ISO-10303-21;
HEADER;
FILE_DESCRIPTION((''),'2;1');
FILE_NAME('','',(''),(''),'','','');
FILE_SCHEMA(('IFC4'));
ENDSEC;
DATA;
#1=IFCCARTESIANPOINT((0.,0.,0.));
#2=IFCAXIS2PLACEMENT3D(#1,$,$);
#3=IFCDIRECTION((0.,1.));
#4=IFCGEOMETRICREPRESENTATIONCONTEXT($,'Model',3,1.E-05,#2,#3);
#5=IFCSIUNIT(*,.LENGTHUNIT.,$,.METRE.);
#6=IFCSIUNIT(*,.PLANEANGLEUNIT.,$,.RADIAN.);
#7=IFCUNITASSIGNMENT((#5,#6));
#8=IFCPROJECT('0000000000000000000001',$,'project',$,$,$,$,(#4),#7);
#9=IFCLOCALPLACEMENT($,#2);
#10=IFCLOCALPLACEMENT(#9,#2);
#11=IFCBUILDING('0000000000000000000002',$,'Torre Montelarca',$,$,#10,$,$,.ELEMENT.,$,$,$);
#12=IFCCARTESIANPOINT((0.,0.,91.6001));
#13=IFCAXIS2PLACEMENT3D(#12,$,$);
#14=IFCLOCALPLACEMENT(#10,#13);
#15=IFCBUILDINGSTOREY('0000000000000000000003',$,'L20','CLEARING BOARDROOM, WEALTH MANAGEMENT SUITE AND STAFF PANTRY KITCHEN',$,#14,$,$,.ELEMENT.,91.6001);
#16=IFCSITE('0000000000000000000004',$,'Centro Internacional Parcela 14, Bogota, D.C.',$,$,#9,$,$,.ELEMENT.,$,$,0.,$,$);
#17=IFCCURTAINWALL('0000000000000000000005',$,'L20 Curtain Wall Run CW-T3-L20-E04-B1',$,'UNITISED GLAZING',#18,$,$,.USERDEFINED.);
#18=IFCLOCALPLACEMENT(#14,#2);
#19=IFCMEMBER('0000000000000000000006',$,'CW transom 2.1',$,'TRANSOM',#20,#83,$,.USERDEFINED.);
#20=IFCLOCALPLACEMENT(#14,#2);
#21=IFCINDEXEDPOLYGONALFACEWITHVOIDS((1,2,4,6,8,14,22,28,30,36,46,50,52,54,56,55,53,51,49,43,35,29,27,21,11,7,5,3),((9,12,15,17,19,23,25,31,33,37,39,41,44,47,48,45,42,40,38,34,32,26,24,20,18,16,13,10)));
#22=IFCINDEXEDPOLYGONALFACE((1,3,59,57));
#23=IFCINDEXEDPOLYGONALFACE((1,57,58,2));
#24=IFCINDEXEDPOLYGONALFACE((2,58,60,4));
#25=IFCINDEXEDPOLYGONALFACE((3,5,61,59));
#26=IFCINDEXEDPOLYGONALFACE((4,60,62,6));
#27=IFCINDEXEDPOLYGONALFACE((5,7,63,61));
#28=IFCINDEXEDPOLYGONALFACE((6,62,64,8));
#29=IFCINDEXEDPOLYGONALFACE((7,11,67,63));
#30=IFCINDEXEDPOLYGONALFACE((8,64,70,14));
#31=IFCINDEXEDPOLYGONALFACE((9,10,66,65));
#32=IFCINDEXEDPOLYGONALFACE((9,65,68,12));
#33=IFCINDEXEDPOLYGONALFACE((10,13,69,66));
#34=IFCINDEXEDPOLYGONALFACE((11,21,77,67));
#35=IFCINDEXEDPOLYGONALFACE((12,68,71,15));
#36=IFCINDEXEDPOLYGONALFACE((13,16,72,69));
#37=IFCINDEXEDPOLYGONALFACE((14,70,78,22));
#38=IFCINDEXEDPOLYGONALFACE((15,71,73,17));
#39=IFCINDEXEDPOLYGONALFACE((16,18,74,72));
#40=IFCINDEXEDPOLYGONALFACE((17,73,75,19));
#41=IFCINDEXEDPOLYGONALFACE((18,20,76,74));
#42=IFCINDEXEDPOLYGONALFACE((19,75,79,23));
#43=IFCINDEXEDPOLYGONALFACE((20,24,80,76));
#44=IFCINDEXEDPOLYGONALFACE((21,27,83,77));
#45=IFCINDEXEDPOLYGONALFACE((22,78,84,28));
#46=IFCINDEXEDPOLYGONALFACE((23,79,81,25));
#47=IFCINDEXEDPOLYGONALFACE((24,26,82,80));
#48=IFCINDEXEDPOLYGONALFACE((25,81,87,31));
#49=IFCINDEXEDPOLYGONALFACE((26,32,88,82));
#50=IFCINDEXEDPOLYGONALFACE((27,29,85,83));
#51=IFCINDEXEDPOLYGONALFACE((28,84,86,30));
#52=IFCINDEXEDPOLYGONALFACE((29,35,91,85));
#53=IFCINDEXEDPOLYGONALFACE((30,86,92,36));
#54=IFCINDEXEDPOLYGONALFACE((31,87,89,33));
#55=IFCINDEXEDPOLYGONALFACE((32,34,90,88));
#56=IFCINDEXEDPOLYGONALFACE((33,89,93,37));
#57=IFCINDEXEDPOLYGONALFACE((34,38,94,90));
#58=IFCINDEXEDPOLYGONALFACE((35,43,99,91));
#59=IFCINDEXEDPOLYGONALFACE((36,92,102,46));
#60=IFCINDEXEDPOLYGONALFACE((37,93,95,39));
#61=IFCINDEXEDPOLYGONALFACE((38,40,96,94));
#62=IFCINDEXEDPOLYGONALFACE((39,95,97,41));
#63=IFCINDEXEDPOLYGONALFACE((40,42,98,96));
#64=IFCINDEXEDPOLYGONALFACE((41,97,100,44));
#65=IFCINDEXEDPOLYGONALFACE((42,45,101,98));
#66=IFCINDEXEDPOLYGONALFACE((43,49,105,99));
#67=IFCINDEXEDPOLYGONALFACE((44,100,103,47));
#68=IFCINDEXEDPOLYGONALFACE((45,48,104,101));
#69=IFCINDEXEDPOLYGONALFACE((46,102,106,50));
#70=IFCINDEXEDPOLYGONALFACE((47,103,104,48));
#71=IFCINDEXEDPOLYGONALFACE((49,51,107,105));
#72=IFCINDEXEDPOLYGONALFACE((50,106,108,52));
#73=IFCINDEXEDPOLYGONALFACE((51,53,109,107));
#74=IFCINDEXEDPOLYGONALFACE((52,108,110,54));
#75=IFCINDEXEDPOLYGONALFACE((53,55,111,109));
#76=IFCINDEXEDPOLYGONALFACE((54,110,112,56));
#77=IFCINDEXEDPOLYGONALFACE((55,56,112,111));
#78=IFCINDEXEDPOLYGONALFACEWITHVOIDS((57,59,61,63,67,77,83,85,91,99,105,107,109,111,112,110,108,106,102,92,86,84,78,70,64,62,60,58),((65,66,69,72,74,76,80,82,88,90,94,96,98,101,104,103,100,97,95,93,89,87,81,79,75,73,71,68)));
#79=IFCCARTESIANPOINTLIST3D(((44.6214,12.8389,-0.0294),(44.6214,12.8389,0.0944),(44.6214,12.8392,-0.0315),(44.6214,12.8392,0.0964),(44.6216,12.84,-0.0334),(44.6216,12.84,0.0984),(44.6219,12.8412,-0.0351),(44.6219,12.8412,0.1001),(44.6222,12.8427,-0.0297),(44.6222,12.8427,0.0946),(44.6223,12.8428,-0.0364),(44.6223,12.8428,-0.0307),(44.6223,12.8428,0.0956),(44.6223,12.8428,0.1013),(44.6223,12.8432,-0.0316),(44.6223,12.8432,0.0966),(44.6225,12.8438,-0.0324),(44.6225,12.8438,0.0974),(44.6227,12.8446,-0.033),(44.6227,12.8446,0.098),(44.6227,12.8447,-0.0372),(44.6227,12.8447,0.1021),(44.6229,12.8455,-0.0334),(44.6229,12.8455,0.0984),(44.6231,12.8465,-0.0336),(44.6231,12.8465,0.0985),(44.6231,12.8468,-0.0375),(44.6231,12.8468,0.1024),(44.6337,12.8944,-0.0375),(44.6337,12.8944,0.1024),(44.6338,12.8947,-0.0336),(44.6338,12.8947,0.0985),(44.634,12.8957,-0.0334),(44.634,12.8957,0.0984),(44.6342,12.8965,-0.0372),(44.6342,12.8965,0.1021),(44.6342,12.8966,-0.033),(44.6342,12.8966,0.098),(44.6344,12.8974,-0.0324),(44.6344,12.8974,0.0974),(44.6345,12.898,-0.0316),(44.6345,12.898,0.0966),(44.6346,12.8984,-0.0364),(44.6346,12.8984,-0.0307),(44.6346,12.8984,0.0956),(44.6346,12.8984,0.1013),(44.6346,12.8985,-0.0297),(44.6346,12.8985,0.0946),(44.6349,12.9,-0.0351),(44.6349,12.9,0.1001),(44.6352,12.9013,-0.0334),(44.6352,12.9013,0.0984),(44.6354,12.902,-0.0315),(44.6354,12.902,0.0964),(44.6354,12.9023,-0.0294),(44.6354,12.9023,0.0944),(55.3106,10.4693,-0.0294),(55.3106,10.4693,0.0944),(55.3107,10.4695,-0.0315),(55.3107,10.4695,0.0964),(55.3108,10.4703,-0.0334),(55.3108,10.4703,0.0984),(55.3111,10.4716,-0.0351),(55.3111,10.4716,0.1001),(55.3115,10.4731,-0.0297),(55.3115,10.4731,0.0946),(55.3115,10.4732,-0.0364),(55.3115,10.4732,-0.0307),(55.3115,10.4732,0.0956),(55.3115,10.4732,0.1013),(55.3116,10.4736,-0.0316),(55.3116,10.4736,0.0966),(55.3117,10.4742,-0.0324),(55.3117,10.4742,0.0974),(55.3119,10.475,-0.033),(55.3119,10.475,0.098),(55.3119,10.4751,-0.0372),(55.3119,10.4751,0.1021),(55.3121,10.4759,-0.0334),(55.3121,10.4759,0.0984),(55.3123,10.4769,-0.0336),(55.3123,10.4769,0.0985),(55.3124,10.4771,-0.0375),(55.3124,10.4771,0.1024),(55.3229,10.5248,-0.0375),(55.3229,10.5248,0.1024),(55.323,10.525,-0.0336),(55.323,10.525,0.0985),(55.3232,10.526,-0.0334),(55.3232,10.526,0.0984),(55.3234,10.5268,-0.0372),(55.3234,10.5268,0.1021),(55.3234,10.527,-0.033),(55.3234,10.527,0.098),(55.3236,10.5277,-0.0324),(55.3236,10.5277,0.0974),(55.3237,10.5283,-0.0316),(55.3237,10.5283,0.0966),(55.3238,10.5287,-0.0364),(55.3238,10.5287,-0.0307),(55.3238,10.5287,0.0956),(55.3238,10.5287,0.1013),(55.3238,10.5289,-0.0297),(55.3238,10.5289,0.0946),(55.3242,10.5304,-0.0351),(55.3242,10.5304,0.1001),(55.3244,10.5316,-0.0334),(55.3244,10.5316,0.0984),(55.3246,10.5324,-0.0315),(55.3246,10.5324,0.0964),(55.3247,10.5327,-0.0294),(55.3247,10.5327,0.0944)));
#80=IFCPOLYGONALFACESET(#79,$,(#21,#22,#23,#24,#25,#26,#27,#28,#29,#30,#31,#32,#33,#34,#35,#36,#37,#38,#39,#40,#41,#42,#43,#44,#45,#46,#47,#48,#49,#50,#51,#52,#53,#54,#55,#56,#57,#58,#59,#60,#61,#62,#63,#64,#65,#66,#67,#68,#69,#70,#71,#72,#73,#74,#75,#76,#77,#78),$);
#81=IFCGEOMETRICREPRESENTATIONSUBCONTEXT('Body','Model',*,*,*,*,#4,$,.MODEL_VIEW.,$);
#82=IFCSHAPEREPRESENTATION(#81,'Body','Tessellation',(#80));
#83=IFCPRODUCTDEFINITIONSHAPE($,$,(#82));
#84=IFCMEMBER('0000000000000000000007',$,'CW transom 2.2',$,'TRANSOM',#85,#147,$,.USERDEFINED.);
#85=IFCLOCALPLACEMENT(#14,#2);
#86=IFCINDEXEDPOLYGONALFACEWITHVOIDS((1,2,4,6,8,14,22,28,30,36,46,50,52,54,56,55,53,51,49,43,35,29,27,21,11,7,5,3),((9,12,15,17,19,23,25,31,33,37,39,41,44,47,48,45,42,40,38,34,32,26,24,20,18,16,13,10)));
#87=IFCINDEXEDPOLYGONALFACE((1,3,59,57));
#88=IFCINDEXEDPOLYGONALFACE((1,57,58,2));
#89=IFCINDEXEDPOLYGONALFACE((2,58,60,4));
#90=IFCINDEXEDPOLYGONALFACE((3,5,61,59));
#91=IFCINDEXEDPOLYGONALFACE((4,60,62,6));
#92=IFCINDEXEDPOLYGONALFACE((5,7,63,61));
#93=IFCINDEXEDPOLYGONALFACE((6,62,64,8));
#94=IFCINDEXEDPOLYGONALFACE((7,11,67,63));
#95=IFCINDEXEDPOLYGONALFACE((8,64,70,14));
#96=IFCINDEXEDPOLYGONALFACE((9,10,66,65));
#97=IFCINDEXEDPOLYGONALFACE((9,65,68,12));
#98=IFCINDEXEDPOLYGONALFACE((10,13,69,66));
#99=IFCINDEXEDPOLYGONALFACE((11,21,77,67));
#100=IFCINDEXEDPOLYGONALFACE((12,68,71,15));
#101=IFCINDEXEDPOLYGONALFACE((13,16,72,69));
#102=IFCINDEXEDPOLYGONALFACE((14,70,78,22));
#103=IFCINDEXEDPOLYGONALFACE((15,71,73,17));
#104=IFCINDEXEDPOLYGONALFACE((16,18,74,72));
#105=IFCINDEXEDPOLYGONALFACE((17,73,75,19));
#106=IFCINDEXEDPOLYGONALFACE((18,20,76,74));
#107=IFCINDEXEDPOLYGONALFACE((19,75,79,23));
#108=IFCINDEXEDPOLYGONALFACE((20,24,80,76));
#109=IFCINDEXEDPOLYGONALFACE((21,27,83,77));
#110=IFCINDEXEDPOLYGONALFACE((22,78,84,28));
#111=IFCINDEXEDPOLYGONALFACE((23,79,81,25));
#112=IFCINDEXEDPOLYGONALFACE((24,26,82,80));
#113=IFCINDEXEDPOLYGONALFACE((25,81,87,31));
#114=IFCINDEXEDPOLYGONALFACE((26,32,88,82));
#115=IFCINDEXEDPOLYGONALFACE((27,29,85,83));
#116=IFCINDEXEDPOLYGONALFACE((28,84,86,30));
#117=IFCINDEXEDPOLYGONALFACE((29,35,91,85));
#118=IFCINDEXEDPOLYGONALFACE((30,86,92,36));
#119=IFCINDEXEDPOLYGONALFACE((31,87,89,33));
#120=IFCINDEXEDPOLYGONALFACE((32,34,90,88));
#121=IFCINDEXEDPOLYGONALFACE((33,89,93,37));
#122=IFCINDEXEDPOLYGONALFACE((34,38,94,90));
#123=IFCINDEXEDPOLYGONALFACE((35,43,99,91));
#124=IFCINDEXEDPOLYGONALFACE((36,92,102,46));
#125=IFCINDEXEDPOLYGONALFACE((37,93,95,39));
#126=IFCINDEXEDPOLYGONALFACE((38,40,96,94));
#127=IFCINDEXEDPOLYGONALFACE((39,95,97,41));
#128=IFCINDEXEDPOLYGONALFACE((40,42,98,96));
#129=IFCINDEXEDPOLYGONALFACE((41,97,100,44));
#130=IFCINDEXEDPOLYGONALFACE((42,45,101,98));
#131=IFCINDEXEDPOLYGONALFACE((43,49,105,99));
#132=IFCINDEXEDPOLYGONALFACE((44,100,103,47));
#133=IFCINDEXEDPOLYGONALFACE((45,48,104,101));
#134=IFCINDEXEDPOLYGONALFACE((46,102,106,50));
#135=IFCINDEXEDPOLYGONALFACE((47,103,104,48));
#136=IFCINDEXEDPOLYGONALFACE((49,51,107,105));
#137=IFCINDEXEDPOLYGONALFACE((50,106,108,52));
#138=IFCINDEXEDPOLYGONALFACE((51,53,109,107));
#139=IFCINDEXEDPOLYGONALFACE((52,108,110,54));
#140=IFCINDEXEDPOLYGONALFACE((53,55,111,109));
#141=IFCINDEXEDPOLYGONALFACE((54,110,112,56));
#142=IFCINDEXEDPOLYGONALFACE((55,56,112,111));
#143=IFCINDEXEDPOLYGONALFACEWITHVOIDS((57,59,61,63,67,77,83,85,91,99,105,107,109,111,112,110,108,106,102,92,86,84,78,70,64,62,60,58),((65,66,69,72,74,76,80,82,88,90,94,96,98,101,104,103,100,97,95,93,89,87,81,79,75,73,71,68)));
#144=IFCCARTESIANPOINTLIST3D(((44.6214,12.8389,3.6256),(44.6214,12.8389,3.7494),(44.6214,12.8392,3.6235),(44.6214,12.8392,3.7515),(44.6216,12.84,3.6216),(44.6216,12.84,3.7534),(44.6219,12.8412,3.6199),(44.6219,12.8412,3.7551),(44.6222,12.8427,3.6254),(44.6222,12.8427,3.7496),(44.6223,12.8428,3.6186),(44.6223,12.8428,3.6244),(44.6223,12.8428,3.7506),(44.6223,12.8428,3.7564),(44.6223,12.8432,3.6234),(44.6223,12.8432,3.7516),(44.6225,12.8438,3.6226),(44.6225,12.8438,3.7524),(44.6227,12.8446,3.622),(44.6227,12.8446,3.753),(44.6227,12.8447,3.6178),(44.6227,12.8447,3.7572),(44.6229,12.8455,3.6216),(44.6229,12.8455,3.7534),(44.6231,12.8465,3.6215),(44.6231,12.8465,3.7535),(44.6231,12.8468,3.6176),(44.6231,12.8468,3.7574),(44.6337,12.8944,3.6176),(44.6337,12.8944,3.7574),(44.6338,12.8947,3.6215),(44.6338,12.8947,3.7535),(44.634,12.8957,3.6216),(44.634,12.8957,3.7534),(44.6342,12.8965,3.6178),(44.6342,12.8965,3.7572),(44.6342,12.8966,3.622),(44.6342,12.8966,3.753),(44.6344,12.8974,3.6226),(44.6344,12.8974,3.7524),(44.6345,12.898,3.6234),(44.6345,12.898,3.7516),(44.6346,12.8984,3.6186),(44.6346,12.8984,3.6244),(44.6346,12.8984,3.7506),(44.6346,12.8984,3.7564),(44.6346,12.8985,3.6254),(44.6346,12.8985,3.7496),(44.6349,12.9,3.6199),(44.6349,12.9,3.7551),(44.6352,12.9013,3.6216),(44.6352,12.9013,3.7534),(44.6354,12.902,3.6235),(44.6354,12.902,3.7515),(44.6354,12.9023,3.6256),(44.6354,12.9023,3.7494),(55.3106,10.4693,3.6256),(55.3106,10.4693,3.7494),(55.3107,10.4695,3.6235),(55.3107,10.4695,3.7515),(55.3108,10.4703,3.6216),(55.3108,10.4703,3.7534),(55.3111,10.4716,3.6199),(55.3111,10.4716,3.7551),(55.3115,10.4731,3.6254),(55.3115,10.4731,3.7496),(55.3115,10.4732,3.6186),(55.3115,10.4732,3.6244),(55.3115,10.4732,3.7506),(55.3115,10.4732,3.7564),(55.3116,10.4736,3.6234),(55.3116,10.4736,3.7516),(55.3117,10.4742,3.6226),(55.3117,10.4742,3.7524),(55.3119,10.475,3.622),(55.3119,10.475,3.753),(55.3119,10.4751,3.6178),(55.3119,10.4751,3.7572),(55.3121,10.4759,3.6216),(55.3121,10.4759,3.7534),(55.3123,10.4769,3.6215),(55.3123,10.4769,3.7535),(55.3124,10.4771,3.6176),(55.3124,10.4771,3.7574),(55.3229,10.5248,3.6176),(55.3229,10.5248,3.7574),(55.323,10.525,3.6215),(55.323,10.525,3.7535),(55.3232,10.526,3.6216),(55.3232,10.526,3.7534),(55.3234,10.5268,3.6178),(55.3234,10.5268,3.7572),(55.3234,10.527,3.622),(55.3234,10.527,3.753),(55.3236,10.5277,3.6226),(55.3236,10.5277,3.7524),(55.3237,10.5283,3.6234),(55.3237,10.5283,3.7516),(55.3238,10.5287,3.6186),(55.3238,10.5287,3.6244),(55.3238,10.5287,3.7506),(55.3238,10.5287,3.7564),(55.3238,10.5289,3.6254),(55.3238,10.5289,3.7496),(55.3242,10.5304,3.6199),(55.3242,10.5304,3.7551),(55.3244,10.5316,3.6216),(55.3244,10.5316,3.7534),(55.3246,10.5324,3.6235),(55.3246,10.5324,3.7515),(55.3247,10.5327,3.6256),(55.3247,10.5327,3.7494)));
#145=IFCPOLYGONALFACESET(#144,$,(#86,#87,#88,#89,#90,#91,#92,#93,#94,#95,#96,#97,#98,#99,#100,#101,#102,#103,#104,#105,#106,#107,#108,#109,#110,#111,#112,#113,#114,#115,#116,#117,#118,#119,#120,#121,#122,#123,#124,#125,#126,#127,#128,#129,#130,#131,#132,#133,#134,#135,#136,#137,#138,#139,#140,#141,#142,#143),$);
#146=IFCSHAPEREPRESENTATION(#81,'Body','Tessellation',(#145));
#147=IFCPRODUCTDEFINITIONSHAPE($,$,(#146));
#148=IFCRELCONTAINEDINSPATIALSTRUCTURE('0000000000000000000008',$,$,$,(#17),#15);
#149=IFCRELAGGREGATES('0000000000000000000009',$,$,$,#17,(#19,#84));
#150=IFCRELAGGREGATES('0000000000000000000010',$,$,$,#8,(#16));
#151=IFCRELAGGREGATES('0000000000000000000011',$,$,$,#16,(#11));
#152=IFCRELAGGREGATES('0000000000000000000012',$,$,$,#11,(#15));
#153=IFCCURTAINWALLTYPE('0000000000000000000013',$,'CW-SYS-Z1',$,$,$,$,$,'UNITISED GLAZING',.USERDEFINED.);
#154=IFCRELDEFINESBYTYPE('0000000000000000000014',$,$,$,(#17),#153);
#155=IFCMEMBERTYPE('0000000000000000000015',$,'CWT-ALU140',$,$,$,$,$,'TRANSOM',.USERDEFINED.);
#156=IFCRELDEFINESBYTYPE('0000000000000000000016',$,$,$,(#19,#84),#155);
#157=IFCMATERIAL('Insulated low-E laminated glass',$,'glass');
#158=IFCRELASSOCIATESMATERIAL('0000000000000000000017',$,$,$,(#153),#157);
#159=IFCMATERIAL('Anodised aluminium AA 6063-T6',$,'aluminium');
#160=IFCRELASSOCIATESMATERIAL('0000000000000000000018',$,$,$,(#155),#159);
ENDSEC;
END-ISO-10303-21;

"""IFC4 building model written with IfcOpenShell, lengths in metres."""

from ifc_helpers import new_model, si_unit, direction, frame, origin, origin_2d, place, context, subcontext, project, spatial, hollow_rectangle, extrude, source, transform, mapped, material, material_profile, profile_set, type_object, element, aggregate, save


model = new_model("IFC4")

# Units and contexts
model_context = context("Model", 3, precision=1e-05, world=origin(), true_north=direction((0.0, 1.0)))
body_context = subcontext(model_context, "Body", "Model", "MODEL_VIEW")
ifc_project = project(units=[si_unit("LENGTHUNIT", "METRE"), si_unit("PLANEANGLEUNIT", "RADIAN")], contexts=[model_context])

# Site, building, storey
site_placement = place(None, origin())
site = spatial("IfcSite", under=ifc_project, at=site_placement, Name="Centro Internacional Parcela 14, Bogota, D.C.", CompositionType="ELEMENT", RefElevation=0.0)
building_placement = place(site_placement, origin())
building = spatial("IfcBuilding", under=site, at=building_placement, Name="Torre Montelarca", CompositionType="ELEMENT")
storey_placement = place(building_placement, frame((0.0, 0.0, 91.6001)))
storey = spatial("IfcBuildingStorey", under=building, at=storey_placement, Name="L20", Description="CLEARING BOARDROOM, WEALTH MANAGEMENT SUITE AND STAFF PANTRY KITCHEN", CompositionType="ELEMENT", Elevation=91.6001)

# Curtain wall, members
ifc_material_1 = material(Name="Insulated low-E laminated glass", Category="glass")
curtain_wall_type = type_object("IfcCurtainWallType", Name="CW-SYS-Z1", ElementType="UNITISED GLAZING", PredefinedType="USERDEFINED", material=ifc_material_1)
curtain_wall_1_placement = place(storey_placement, origin())
curtain_wall_1 = element("IfcCurtainWall", 1, at=curtain_wall_1_placement, inside=storey, type_object=curtain_wall_type, Name="L20 Curtain Wall Run CW-T3-L20-E04-B1", ObjectType="UNITISED GLAZING", PredefinedType="USERDEFINED")
ifc_material_2 = material(Name="Anodised aluminium AA 6063-T6", Category="aluminium")
ifc_material_profile_1 = material_profile(ifc_material_2, hollow_rectangle(XDim=0.0649, YDim=0.1399, WallThickness=0.0039, InnerFilletRadius=0.0039, OuterFilletRadius=0.0081, at=origin_2d()), Name="ALU65X140X4", Category="aluminium")
ifc_profile_set_1 = profile_set([ifc_material_profile_1], Name="Anodised aluminium AA 6063-T6")
member_type_1 = type_object("IfcMemberType", Name="CWT-ALU140", ElementType="TRANSOM", PredefinedType="USERDEFINED", material=ifc_profile_set_1)
shared_shape_1 = source(origin(), body_context, "Body", "SweptSolid", [
    extrude(hollow_rectangle(XDim=0.0649, YDim=0.1399, WallThickness=0.0039, InnerFilletRadius=0.0039, OuterFilletRadius=0.0081, at=origin_2d()), origin(), (0.0, 0.0, 1.0), 10.9487),
])
member_1_placement = place(storey_placement, frame((44.6284, 12.8706, 0.0325), z_axis=(0.976298, -0.21643, 0.0), x_axis=(0.21643, 0.976298, 0.0)))
member_1 = element("IfcMember", 2, at=member_1_placement, type_object=member_type_1, Name="CW transom 2.1", ObjectType="TRANSOM", PredefinedType="USERDEFINED", context=body_context, shape_type="MappedRepresentation", body=[
    mapped(shared_shape_1, transform((0.0, 0.0, 0.0), scale=1.0)),
])
member_2_placement = place(storey_placement, frame((44.6284, 12.8706, 3.6875), z_axis=(0.976298, -0.21643, 0.0), x_axis=(0.21643, 0.976298, 0.0)))
member_2 = element("IfcMember", 3, at=member_2_placement, type_object=member_type_1, Name="CW transom 2.2", ObjectType="TRANSOM", PredefinedType="USERDEFINED", context=body_context, shape_type="MappedRepresentation", body=[
    mapped(shared_shape_1, transform((0.0, 0.0, 0.0), scale=1.0)),
])

aggregate(curtain_wall_1, [member_1, member_2])

save(model, "model.ifc")
